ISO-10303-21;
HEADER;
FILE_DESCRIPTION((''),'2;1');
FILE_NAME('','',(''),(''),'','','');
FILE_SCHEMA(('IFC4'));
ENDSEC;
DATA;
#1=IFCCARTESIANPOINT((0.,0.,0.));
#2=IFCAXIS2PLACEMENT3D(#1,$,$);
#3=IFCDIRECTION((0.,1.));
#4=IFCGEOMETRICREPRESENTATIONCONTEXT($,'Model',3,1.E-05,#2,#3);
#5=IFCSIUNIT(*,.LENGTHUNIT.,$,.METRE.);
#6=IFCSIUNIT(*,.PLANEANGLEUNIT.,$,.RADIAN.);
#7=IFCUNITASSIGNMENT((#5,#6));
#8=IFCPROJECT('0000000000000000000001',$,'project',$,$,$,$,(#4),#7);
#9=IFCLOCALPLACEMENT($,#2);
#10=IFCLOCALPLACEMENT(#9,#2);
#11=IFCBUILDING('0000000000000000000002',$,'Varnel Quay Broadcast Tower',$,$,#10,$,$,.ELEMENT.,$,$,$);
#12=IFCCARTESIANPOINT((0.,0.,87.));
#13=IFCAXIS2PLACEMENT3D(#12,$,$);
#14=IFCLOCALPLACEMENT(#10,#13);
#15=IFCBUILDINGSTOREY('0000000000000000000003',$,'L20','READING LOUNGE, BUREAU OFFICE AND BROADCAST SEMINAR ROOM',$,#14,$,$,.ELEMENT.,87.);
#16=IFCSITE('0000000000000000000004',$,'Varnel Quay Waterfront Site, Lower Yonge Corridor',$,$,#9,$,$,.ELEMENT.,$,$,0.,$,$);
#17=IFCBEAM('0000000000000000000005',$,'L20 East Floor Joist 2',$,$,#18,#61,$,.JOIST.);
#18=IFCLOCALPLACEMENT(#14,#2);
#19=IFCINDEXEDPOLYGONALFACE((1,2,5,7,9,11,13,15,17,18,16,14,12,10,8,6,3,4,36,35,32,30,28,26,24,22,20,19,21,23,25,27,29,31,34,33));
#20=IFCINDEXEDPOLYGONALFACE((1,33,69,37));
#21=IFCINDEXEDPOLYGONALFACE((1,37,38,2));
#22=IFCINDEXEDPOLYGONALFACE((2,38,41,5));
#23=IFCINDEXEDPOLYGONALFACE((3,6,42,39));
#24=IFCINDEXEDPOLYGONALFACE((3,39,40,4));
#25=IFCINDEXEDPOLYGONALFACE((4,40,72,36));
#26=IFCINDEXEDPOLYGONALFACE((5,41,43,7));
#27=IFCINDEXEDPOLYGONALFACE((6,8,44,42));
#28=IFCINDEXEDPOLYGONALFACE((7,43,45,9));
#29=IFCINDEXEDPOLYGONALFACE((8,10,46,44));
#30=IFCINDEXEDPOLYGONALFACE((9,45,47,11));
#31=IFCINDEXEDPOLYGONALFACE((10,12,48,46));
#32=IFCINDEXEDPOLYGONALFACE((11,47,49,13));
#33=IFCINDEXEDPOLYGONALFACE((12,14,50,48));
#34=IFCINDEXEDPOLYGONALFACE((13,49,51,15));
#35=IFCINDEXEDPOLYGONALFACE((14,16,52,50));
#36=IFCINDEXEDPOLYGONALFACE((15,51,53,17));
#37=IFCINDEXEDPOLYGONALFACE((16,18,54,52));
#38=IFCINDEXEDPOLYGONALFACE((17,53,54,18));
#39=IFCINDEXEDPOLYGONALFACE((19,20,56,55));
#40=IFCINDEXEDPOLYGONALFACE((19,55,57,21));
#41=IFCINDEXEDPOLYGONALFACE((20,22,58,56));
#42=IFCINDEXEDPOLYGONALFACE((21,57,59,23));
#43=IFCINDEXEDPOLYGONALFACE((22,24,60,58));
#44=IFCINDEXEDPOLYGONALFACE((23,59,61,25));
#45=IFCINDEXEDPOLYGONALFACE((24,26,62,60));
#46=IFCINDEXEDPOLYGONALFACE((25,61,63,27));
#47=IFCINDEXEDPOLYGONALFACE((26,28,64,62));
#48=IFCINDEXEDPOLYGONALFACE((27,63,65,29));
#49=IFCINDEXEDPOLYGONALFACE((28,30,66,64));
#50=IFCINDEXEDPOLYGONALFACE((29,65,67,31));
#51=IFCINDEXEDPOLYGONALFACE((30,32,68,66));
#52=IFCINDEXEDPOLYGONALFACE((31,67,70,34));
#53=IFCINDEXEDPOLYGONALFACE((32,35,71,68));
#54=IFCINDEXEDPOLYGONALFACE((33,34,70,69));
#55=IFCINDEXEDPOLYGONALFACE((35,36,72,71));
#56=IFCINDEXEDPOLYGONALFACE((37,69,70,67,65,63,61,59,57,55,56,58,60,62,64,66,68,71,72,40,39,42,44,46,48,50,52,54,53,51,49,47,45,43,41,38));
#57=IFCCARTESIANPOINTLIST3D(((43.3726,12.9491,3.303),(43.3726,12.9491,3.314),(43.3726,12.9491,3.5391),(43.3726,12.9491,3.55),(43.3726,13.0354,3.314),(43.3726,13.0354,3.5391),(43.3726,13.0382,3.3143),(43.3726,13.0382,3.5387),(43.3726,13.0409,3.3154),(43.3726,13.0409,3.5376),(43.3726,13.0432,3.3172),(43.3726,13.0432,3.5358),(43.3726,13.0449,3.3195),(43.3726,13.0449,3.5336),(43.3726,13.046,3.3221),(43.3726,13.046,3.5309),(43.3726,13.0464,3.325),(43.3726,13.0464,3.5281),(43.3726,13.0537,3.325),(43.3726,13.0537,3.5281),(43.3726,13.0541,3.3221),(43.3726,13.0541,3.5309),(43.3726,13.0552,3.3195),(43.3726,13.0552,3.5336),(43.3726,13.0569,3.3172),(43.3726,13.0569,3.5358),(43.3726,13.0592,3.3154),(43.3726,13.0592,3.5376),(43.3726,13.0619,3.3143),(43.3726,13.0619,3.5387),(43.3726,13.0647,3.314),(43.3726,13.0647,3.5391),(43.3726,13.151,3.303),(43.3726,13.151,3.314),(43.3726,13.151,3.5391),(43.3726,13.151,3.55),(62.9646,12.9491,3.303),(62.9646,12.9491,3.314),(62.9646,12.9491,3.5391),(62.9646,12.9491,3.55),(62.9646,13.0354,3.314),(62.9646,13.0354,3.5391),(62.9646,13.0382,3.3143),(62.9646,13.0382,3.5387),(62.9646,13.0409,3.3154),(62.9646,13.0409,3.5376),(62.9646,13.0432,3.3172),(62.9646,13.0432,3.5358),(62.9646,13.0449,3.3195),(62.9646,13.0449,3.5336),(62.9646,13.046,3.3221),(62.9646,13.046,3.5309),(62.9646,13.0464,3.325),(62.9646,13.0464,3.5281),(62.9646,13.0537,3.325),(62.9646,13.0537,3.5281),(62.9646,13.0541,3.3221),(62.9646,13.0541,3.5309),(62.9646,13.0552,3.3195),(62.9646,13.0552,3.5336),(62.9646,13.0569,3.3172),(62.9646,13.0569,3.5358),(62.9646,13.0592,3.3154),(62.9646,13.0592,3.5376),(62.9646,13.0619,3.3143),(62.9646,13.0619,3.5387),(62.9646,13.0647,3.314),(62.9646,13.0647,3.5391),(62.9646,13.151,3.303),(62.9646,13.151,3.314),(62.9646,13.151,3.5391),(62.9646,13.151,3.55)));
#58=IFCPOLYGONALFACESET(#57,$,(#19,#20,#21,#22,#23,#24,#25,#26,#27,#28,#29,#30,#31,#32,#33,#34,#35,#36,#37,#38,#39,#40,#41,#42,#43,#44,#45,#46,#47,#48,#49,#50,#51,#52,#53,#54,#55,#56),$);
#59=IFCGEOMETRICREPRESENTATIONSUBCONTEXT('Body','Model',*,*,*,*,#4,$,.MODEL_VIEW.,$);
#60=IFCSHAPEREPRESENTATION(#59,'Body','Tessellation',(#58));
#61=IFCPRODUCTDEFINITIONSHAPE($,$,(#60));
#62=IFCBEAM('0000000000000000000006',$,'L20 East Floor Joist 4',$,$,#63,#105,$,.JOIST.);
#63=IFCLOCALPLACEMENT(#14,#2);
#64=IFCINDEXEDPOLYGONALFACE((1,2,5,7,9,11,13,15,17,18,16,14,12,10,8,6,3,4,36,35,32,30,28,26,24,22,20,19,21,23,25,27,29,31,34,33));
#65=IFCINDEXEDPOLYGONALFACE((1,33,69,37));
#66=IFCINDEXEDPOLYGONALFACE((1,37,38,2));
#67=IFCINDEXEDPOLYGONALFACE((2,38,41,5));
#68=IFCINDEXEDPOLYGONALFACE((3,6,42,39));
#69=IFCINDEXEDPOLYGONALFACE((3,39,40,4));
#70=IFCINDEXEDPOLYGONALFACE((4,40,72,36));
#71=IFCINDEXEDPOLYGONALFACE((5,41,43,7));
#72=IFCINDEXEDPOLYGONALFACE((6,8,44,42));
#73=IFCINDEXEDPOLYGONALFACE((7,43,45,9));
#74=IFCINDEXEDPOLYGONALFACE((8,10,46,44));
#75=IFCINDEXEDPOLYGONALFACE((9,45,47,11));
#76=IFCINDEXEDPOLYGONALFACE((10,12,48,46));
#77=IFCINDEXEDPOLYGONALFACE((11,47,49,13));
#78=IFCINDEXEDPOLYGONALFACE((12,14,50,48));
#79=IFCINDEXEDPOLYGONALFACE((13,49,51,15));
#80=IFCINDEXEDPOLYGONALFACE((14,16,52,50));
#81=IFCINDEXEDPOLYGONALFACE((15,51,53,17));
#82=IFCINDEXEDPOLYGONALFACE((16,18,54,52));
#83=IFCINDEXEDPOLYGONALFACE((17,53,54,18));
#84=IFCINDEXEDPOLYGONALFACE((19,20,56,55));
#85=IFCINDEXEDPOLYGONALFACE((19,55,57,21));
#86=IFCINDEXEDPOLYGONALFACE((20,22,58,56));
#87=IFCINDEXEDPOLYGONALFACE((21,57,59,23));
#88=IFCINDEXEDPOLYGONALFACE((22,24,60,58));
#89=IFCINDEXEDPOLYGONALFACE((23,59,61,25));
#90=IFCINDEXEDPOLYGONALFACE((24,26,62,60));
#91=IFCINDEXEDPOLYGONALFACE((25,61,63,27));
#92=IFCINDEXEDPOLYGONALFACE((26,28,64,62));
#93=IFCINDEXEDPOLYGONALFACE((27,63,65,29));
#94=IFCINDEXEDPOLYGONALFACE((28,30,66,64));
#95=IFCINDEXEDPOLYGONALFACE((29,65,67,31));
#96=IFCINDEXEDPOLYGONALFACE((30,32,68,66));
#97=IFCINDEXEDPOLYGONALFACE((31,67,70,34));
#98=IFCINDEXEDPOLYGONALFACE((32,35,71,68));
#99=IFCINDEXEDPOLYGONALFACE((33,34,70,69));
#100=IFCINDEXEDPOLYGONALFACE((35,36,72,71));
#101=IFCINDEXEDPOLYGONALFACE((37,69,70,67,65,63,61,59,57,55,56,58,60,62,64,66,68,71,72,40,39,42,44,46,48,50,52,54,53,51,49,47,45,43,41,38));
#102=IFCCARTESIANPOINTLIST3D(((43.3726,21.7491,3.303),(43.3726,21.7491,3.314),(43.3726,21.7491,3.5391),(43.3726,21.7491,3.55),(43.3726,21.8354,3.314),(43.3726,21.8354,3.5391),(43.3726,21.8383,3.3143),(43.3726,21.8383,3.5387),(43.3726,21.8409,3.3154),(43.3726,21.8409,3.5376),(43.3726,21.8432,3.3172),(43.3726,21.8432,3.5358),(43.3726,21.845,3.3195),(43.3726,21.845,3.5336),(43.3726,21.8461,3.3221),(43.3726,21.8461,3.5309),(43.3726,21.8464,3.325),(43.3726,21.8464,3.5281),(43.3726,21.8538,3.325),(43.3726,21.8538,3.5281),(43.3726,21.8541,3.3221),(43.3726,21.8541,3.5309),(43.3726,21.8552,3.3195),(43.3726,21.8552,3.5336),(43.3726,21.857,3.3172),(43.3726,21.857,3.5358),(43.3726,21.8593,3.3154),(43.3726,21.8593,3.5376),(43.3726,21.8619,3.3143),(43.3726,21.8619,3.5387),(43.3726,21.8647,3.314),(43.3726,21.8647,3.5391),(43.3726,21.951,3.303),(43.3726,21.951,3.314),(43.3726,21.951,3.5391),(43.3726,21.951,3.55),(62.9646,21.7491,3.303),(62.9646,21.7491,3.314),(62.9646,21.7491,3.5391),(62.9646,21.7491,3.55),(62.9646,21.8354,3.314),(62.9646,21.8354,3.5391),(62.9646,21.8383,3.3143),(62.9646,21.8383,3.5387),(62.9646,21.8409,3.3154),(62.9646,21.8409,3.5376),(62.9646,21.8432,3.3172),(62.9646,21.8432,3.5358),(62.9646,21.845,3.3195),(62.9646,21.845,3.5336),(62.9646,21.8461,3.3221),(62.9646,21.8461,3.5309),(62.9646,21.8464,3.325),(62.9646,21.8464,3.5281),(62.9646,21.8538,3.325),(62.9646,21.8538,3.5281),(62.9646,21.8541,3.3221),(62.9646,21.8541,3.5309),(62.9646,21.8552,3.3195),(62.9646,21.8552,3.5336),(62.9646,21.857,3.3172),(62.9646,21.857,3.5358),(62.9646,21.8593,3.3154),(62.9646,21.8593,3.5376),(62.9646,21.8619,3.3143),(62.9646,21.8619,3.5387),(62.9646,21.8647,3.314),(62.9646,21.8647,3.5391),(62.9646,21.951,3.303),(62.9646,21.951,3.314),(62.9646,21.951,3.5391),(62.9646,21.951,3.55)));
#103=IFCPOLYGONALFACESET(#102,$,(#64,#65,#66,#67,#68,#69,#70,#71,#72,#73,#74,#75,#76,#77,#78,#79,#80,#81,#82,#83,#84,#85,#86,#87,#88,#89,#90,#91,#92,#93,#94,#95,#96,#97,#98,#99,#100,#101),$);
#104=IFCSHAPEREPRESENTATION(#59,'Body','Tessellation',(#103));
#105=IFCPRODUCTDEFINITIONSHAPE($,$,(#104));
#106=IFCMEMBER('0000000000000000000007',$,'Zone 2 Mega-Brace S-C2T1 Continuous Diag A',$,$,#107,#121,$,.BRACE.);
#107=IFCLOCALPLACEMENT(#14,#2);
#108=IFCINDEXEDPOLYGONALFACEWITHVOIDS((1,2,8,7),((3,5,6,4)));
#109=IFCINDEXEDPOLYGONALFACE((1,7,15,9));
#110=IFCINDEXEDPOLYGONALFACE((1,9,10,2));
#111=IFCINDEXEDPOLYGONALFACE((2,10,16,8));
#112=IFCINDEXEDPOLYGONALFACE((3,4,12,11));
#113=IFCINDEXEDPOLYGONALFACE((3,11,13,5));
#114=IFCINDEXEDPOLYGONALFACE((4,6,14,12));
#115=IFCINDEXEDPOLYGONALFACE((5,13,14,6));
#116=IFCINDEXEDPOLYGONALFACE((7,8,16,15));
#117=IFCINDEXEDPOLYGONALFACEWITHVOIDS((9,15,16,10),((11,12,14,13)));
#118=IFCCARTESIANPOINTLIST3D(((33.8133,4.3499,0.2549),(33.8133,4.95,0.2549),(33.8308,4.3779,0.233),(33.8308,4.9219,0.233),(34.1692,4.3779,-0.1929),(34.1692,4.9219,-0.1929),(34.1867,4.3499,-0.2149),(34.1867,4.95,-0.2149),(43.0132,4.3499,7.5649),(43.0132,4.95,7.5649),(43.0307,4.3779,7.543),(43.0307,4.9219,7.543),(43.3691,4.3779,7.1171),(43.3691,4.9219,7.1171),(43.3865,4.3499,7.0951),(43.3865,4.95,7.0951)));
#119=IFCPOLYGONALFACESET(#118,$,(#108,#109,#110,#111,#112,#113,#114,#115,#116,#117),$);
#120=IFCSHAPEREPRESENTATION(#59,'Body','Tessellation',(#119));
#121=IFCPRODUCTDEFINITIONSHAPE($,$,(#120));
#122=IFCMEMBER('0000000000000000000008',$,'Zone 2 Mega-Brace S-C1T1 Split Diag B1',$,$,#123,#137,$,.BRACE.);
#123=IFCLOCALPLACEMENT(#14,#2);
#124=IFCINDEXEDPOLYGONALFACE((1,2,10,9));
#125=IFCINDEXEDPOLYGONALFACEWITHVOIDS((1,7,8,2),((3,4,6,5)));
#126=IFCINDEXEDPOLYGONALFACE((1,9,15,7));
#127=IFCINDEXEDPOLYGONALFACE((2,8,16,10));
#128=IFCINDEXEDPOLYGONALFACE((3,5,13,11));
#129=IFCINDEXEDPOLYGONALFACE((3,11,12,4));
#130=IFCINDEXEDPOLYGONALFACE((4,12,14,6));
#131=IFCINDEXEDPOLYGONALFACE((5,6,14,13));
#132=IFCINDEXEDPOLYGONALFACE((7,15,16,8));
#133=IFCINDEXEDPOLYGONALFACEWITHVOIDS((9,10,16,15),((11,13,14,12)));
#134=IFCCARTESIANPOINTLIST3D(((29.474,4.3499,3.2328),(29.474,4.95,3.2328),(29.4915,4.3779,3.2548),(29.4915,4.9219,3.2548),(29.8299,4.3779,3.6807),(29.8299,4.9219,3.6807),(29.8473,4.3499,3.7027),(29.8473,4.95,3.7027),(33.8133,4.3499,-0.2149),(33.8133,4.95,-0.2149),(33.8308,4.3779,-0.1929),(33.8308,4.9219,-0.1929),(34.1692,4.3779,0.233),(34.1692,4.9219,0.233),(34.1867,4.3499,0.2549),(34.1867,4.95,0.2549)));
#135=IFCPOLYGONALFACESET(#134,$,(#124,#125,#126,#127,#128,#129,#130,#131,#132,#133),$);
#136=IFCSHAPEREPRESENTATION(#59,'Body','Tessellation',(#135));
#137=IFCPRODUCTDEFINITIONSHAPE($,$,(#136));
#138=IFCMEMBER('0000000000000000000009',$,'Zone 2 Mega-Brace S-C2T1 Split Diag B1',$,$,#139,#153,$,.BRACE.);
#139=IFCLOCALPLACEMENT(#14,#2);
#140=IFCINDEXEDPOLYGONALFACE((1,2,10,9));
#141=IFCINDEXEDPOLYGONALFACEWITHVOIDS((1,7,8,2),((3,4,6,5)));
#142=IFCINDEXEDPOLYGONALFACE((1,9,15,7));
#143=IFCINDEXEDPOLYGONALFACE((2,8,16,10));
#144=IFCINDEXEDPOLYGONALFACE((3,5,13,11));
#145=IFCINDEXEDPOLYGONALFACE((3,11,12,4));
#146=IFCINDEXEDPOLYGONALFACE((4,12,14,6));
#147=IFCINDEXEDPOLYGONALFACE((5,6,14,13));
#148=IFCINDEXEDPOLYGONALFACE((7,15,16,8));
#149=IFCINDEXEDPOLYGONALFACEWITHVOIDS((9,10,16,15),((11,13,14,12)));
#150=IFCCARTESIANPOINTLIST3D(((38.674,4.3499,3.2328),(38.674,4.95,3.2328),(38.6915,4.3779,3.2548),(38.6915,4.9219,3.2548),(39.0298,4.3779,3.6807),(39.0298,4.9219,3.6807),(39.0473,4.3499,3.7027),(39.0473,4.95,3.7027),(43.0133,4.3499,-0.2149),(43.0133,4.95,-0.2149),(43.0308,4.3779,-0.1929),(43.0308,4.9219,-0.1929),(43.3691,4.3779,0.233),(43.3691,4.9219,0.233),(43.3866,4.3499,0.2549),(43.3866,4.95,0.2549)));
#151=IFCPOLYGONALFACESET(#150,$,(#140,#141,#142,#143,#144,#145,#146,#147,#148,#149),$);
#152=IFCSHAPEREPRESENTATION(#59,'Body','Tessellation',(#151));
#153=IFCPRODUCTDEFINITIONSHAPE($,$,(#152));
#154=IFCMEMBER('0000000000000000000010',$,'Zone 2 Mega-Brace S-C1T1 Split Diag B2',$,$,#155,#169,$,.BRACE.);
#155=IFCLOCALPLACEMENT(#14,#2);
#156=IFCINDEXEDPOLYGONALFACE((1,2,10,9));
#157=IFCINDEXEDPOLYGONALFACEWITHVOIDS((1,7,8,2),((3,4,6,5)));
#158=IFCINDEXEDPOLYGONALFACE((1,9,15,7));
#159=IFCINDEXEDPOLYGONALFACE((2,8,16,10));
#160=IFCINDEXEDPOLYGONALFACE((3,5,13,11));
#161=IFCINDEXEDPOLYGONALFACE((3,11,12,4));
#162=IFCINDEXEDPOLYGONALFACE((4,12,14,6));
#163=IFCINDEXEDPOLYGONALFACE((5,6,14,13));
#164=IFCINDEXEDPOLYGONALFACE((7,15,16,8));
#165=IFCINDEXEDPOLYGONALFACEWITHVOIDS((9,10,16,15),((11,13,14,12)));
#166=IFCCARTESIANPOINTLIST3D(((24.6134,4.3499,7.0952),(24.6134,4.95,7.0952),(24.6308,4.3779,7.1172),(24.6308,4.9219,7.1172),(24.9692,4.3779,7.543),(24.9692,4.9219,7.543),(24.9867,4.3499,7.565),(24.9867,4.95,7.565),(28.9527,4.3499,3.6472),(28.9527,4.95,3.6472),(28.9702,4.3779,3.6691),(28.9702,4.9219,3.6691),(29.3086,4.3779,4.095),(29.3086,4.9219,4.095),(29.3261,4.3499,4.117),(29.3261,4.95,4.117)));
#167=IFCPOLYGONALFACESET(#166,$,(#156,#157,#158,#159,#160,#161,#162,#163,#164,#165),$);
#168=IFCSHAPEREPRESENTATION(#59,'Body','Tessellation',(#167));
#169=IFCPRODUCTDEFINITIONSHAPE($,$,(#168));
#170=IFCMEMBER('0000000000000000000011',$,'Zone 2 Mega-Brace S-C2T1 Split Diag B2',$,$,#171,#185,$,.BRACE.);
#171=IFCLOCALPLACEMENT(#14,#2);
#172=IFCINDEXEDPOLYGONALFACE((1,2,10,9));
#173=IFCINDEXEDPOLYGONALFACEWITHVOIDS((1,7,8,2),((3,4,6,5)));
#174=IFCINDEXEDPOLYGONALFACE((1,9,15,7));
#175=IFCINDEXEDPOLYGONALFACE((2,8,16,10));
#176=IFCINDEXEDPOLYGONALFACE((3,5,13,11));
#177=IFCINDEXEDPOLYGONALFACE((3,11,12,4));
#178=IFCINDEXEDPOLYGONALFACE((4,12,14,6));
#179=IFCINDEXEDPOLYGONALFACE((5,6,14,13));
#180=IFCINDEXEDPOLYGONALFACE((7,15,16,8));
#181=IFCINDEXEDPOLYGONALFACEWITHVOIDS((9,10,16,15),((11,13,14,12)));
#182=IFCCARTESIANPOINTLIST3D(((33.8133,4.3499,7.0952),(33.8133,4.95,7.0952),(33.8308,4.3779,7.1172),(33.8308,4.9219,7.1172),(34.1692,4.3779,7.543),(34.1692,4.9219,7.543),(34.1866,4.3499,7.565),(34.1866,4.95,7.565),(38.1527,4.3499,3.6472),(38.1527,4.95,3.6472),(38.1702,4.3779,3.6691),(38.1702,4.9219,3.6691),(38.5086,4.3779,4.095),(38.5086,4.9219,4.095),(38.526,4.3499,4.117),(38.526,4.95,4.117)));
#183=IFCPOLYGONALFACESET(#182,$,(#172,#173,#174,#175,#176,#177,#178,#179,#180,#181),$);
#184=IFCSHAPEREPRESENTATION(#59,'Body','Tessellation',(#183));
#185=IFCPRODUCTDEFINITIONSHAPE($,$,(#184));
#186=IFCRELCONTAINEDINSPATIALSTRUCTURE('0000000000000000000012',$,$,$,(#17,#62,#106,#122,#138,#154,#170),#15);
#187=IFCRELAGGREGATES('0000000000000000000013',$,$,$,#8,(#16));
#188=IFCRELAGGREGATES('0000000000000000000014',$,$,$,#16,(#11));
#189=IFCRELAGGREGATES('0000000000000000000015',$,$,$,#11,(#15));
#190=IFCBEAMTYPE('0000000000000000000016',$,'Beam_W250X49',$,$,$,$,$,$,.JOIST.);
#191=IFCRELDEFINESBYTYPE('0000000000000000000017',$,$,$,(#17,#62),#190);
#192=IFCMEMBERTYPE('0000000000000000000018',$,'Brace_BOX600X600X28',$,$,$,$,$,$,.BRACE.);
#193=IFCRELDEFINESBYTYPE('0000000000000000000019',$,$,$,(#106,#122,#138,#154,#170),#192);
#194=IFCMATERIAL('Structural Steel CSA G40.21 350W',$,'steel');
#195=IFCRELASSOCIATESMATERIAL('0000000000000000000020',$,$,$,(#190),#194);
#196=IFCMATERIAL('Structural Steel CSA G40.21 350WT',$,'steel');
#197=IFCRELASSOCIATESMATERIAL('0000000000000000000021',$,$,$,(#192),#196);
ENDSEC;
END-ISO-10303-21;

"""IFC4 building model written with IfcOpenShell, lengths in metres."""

from ifc_helpers import new_model, si_unit, direction, frame, origin, origin_2d, place, context, subcontext, project, spatial, hollow_rectangle, i_section, extrude, source, transform, mapped, material, material_profile, profile_set, type_object, type_shapes, element, save


model = new_model("IFC4")

# Units and contexts
model_context = context("Model", 3, precision=1e-05, world=origin(), true_north=direction((0.0, 1.0)))
body_context = subcontext(model_context, "Body", "Model", "MODEL_VIEW")
ifc_project = project(units=[si_unit("LENGTHUNIT", "METRE"), si_unit("PLANEANGLEUNIT", "RADIAN")], contexts=[model_context])

# Site, building, storey
site_placement = place(None, origin())
site = spatial("IfcSite", under=ifc_project, at=site_placement, Name="Varnel Quay Waterfront Site, Lower Yonge Corridor", CompositionType="ELEMENT", RefElevation=0.0)
building_placement = place(site_placement, origin())
building = spatial("IfcBuilding", under=site, at=building_placement, Name="Varnel Quay Broadcast Tower", CompositionType="ELEMENT")
storey_placement = place(building_placement, frame((0.0, 0.0, 87.0)))
storey = spatial("IfcBuildingStorey", under=building, at=storey_placement, Name="L20", Description="READING LOUNGE, BUREAU OFFICE AND BROADCAST SEMINAR ROOM", CompositionType="ELEMENT", Elevation=87.0)

# Shared definitions
ifc_material_1 = material(Name="Structural Steel CSA G40.21 350W", Category="steel")

# Beams
ifc_material_profile_1 = material_profile(ifc_material_1, i_section(OverallWidth=0.2019, OverallDepth=0.2471, WebThickness=0.0073, FlangeThickness=0.011, FilletRadius=0.011, at=origin_2d()), Name="W250X49")
ifc_profile_set_1 = profile_set([ifc_material_profile_1], Name="Structural Steel CSA G40.21 350W")
beam_type_1 = type_object("IfcBeamType", Name="Beam_W250X49", PredefinedType="JOIST", material=ifc_profile_set_1)
shared_shape_1 = source(origin(), body_context, "Body", "SweptSolid", [
    extrude(i_section(OverallWidth=0.2019, OverallDepth=0.2471, WebThickness=0.0073, FlangeThickness=0.011, FilletRadius=0.011, at=origin_2d()), origin(), (0.0, 0.0, 1.0), 19.592),
])
type_shapes(beam_type_1, [shared_shape_1])
for number, where, z_axis, x_axis, name in (
    (1, (43.3726, 13.05, 3.4265), (1.0, 0.0, 0.0), (0.0, 1.0, 0.0), "L20 East Floor Joist 2"),
    (2, (43.3726, 21.8501, 3.4265), (1.0, 0.0, 0.0), (0.0, 1.0, 0.0), "L20 East Floor Joist 4"),
):
    element("IfcBeam", number, at=place(storey_placement, frame(where, z_axis=z_axis, x_axis=x_axis)), inside=storey, type_object=beam_type_1, Name=name, PredefinedType="JOIST", context=body_context, shape_type="MappedRepresentation", body=[
        mapped(shared_shape_1, transform((0.0, 0.0, 0.0), x_axis=(1.0, 0.0, 0.0), y_axis=(0.0, 1.0, 0.0), z_axis=(0.0, 0.0, 1.0), scale=1.0)),
    ])

# Members
ifc_material_2 = material(Name="Structural Steel CSA G40.21 350WT", Category="steel")
ifc_material_profile_2 = material_profile(ifc_material_2, hollow_rectangle(XDim=0.6001, YDim=0.6001, WallThickness=0.0281, at=origin_2d()), Name="BOX600X600X28")
ifc_profile_set_2 = profile_set([ifc_material_profile_2], Name="Structural Steel CSA G40.21 350WT")
member_type_1 = type_object("IfcMemberType", Name="Brace_BOX600X600X28", PredefinedType="BRACE", material=ifc_profile_set_2)
shared_shape_2 = source(origin(), body_context, "Body", "SweptSolid", [
    extrude(hollow_rectangle(XDim=0.6001, YDim=0.6001, WallThickness=0.0281, at=origin_2d()), origin(), (0.0, 0.0, 1.0), 11.7505),
])
member_1_placement = place(storey_placement, frame((34.0, 4.6499, 0.02), z_axis=(0.782936, 0.0, 0.622102), x_axis=(0.0, 1.0, 0.0)))
element("IfcMember", 3, at=member_1_placement, inside=storey, type_object=member_type_1, Name="Zone 2 Mega-Brace S-C2T1 Continuous Diag A", PredefinedType="BRACE", context=body_context, shape_type="MappedRepresentation", body=[
    mapped(shared_shape_2, transform((0.0, 0.0, 0.0), x_axis=(1.0, 0.0, 0.0), y_axis=(0.0, 1.0, 0.0), z_axis=(0.0, 0.0, 1.0), scale=1.0)),
])
shared_shape_3 = source(origin(), body_context, "Body", "SweptSolid", [
    extrude(hollow_rectangle(XDim=0.6001, YDim=0.6001, WallThickness=0.0281, at=origin_2d()), origin(), (0.0, 0.0, 1.0), 5.5422),
])
for number, where, z_axis, x_axis, name in (
    (4, (34.0, 4.6499, 0.02), (-0.782953, 0.0, 0.622081), (0.0, -1.0, 0.0), "Zone 2 Mega-Brace S-C1T1 Split Diag B1"),
    (5, (43.2, 4.6499, 0.02), (-0.782953, 0.0, 0.622081), (0.0, -1.0, 0.0), "Zone 2 Mega-Brace S-C2T1 Split Diag B1"),
):
    element("IfcMember", number, at=place(storey_placement, frame(where, z_axis=z_axis, x_axis=x_axis)), inside=storey, type_object=member_type_1, Name=name, PredefinedType="BRACE", context=body_context, shape_type="MappedRepresentation", body=[
        mapped(shared_shape_3, transform((0.0, 0.0, 0.0), x_axis=(1.0, 0.0, 0.0), y_axis=(0.0, 1.0, 0.0), z_axis=(0.0, 0.0, 1.0), scale=1.0)),
    ])
shared_shape_4 = source(origin(), body_context, "Body", "SweptSolid", [
    extrude(hollow_rectangle(XDim=0.6001, YDim=0.6001, WallThickness=0.0281, at=origin_2d()), origin(), (0.0, 0.0, 1.0), 5.5425),
])
type_shapes(member_type_1, [shared_shape_2, shared_shape_3, shared_shape_4])
for number, where, z_axis, x_axis, name in (
    (6, (29.1394, 4.6499, 3.8821), (-0.782932, 0.0, 0.622108), (0.0, -1.0, 0.0), "Zone 2 Mega-Brace S-C1T1 Split Diag B2"),
    (7, (38.3394, 4.6499, 3.8821), (-0.782932, 0.0, 0.622108), (0.0, -1.0, 0.0), "Zone 2 Mega-Brace S-C2T1 Split Diag B2"),
):
    element("IfcMember", number, at=place(storey_placement, frame(where, z_axis=z_axis, x_axis=x_axis)), inside=storey, type_object=member_type_1, Name=name, PredefinedType="BRACE", context=body_context, shape_type="MappedRepresentation", body=[
        mapped(shared_shape_4, transform((0.0, 0.0, 0.0), x_axis=(1.0, 0.0, 0.0), y_axis=(0.0, 1.0, 0.0), z_axis=(0.0, 0.0, 1.0), scale=1.0)),
    ])

save(model, "model.ifc")
